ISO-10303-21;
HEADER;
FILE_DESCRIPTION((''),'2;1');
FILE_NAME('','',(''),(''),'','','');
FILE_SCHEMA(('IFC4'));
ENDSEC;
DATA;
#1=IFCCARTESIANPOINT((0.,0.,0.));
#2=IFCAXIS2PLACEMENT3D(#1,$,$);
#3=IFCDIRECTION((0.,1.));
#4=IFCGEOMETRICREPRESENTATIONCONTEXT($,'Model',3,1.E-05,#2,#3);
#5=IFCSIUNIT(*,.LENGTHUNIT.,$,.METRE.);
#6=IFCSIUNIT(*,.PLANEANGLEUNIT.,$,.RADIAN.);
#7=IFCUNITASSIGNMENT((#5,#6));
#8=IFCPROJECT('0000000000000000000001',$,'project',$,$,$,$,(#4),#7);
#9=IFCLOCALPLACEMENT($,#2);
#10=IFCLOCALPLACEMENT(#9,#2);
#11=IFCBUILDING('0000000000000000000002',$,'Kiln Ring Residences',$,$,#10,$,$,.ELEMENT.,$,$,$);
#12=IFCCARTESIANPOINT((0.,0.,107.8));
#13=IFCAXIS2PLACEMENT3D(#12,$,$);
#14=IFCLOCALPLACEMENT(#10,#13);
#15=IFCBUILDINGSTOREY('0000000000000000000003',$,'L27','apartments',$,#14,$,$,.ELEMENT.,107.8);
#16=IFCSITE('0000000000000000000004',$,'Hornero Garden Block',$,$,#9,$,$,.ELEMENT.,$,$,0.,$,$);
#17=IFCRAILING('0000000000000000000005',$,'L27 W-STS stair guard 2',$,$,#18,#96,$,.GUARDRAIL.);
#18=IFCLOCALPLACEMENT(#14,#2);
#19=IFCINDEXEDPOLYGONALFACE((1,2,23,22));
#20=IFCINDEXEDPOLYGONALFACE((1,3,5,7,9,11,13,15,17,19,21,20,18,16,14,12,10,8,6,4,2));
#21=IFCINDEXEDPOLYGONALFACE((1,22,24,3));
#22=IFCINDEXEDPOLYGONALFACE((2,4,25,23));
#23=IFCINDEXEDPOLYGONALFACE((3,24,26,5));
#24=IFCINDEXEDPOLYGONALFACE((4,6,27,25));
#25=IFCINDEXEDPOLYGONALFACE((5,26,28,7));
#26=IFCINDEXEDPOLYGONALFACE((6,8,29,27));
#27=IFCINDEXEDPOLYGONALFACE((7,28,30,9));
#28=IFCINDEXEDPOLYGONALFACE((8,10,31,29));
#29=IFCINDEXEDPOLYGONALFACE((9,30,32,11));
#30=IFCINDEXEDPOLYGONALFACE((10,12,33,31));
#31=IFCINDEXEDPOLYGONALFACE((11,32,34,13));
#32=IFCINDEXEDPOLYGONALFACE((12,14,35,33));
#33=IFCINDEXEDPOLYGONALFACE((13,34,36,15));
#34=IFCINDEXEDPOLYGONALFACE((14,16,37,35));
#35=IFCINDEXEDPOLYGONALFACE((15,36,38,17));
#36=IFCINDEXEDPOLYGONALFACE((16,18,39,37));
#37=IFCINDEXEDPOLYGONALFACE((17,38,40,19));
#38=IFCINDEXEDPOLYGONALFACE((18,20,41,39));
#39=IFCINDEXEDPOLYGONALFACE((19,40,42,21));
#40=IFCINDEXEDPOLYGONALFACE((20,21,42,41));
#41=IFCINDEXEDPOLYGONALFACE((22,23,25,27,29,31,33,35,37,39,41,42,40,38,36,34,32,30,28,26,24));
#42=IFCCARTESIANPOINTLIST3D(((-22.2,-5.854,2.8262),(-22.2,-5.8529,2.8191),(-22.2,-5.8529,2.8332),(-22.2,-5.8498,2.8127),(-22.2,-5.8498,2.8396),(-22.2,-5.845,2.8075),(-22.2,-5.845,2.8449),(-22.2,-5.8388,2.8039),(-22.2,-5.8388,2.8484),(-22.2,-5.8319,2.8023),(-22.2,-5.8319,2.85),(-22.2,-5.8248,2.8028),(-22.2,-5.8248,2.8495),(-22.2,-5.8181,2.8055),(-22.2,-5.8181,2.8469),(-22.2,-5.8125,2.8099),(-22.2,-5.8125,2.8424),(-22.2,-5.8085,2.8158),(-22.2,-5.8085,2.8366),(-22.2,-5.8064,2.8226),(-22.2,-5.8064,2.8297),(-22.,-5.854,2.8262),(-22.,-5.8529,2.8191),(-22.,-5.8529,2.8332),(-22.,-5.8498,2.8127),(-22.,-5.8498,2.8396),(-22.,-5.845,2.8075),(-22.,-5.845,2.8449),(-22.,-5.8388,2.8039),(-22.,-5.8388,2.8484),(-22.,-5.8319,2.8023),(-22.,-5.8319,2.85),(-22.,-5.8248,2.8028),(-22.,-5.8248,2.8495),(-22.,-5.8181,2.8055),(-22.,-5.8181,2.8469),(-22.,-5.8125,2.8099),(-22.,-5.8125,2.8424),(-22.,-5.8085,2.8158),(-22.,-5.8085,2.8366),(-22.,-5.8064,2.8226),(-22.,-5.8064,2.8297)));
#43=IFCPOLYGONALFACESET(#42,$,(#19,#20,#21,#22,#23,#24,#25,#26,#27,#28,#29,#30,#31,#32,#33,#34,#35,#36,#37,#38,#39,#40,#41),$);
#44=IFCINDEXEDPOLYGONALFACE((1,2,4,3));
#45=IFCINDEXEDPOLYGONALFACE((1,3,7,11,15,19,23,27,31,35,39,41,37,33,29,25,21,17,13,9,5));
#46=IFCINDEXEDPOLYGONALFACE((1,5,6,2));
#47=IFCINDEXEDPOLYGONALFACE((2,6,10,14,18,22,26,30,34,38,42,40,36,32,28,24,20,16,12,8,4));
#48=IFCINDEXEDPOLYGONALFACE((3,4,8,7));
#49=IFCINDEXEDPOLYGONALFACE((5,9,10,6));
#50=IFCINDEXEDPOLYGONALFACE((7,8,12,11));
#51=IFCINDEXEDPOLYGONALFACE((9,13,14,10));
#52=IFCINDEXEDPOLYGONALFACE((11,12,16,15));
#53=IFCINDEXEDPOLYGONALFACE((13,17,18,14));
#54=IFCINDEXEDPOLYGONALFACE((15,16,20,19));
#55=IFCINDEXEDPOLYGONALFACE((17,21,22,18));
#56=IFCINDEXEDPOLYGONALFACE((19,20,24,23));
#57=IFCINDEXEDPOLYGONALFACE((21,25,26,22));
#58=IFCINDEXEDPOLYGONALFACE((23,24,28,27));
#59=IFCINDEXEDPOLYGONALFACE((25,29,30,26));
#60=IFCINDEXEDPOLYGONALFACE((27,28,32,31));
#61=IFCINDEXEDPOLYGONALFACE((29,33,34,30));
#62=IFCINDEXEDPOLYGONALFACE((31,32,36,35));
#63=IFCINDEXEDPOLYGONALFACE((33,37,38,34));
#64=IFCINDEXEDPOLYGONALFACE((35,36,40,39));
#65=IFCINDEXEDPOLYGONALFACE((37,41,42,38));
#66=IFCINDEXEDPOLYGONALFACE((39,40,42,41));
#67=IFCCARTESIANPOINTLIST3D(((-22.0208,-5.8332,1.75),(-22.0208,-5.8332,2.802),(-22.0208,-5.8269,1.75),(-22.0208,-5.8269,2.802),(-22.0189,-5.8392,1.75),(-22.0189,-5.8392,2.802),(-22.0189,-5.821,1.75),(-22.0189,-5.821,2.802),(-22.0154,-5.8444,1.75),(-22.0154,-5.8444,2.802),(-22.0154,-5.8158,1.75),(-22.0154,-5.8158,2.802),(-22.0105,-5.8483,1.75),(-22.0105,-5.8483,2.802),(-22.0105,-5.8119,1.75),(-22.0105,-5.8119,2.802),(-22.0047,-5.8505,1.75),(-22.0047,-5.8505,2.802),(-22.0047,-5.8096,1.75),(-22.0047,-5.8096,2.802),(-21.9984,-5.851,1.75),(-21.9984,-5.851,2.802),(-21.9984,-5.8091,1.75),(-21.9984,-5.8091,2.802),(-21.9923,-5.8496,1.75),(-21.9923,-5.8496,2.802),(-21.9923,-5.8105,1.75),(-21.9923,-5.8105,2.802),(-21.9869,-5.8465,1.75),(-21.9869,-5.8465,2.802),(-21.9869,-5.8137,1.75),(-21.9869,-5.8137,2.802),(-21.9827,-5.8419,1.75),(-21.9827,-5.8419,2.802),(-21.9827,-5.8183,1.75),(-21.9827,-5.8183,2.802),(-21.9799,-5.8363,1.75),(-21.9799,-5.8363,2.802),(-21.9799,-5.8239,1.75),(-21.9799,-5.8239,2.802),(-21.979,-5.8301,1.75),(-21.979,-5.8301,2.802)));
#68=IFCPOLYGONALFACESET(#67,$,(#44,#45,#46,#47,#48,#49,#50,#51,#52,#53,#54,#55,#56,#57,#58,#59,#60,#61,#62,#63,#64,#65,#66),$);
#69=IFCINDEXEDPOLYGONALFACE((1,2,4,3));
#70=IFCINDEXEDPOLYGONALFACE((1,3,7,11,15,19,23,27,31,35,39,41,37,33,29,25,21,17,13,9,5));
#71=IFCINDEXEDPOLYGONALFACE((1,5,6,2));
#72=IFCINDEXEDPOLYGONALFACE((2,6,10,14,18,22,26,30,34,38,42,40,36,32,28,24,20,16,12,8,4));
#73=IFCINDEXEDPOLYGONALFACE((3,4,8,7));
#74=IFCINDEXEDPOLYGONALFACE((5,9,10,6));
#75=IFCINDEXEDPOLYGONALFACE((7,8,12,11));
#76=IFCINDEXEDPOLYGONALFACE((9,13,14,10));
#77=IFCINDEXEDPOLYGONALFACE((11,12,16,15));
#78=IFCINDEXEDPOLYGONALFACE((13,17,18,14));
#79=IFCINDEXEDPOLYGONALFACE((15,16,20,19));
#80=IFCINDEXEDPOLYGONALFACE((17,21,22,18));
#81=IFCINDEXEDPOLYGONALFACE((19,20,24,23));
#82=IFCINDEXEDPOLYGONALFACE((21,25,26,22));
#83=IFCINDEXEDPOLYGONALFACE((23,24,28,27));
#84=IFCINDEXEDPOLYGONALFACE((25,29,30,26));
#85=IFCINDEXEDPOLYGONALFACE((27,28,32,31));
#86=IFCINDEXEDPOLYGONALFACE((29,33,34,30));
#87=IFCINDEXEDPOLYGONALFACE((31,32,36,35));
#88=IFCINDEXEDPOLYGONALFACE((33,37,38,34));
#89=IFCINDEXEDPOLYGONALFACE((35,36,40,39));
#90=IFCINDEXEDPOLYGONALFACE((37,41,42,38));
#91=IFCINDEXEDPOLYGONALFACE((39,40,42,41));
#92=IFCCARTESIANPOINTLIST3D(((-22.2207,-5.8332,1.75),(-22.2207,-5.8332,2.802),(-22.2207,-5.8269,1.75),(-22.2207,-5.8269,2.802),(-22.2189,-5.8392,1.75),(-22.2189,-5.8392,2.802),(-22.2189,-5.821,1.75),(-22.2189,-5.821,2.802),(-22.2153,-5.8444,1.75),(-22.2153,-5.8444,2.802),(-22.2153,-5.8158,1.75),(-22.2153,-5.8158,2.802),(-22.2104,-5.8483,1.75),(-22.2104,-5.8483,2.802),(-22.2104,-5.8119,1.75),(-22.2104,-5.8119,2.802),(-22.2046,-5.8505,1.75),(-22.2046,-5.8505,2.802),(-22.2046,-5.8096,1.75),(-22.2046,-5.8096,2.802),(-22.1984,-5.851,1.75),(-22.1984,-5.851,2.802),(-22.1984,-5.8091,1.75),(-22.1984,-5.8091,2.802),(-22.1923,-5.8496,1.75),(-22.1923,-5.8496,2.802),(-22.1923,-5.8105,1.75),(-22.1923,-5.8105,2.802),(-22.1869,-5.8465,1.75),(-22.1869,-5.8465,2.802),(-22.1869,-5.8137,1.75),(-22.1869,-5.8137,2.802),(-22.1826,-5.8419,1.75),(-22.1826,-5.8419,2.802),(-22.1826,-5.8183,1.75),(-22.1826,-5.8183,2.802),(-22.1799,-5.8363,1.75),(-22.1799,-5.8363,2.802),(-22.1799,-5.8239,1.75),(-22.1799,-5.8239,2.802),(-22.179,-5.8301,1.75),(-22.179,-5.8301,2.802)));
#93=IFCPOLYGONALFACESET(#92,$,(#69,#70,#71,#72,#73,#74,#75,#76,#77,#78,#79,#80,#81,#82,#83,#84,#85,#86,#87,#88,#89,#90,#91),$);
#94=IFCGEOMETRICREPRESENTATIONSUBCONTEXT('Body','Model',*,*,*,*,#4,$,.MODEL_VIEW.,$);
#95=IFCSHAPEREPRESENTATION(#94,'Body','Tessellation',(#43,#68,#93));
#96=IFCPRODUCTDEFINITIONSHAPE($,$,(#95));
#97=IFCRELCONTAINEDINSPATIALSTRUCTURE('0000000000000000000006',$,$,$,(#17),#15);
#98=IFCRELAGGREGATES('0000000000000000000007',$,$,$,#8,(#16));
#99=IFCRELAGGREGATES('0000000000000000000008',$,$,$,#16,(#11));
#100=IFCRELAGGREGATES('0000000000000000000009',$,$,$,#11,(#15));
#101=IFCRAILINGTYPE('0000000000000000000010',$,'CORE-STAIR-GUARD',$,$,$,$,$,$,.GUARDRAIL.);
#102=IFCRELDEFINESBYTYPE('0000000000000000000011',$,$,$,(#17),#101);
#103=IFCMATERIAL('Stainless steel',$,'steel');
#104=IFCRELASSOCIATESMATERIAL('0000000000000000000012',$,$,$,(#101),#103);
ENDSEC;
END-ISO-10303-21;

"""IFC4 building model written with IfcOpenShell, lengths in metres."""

from ifc_helpers import new_model, si_unit, direction, frame, origin, origin_2d, place, context, subcontext, project, spatial, circle, extrude, material, type_object, element, save


model = new_model("IFC4")

# Units and contexts
model_context = context("Model", 3, precision=1e-05, world=origin(), true_north=direction((0.0, 1.0)))
body_context = subcontext(model_context, "Body", "Model", "MODEL_VIEW")
ifc_project = project(units=[si_unit("LENGTHUNIT", "METRE"), si_unit("PLANEANGLEUNIT", "RADIAN")], contexts=[model_context])

# Site, building, storey
site_placement = place(None, origin())
site = spatial("IfcSite", under=ifc_project, at=site_placement, Name="Hornero Garden Block", CompositionType="ELEMENT", RefElevation=0.0)
building_placement = place(site_placement, origin())
building = spatial("IfcBuilding", under=site, at=building_placement, Name="Kiln Ring Residences", CompositionType="ELEMENT")
storey_placement = place(building_placement, frame((0.0, 0.0, 107.8)))
storey = spatial("IfcBuildingStorey", under=building, at=storey_placement, Name="L27", Description="apartments", CompositionType="ELEMENT", Elevation=107.8)

# Railing
ifc_material_1 = material(Name="Stainless steel", Category="steel")
railing_type_1 = type_object("IfcRailingType", Name="CORE-STAIR-GUARD", PredefinedType="GUARDRAIL", material=ifc_material_1)
railing_1_placement = place(storey_placement, frame((-22.0, -5.8301, 1.75)))
element("IfcRailing", 1, at=railing_1_placement, inside=storey, type_object=railing_type_1, Name="L27 W-STS stair guard 2", PredefinedType="GUARDRAIL", context=body_context, shape_type="SweptSolid", body=[
    extrude(circle(Radius=0.0239, at=origin_2d()), frame((0.0, 0.0, 1.0762), z_axis=(-1.0, 0.0, 0.0), x_axis=(0.0, -1.0, 0.0)), (0.0, 0.0, 1.0), 0.2),
    extrude(circle(Radius=0.021, at=origin_2d()), origin(), (0.0, 0.0, 1.0), 1.052),
    extrude(circle(Radius=0.021, at=origin_2d()), frame((-0.2, 0.0, 0.0)), (0.0, 0.0, 1.0), 1.052),
])

save(model, "model.ifc")
